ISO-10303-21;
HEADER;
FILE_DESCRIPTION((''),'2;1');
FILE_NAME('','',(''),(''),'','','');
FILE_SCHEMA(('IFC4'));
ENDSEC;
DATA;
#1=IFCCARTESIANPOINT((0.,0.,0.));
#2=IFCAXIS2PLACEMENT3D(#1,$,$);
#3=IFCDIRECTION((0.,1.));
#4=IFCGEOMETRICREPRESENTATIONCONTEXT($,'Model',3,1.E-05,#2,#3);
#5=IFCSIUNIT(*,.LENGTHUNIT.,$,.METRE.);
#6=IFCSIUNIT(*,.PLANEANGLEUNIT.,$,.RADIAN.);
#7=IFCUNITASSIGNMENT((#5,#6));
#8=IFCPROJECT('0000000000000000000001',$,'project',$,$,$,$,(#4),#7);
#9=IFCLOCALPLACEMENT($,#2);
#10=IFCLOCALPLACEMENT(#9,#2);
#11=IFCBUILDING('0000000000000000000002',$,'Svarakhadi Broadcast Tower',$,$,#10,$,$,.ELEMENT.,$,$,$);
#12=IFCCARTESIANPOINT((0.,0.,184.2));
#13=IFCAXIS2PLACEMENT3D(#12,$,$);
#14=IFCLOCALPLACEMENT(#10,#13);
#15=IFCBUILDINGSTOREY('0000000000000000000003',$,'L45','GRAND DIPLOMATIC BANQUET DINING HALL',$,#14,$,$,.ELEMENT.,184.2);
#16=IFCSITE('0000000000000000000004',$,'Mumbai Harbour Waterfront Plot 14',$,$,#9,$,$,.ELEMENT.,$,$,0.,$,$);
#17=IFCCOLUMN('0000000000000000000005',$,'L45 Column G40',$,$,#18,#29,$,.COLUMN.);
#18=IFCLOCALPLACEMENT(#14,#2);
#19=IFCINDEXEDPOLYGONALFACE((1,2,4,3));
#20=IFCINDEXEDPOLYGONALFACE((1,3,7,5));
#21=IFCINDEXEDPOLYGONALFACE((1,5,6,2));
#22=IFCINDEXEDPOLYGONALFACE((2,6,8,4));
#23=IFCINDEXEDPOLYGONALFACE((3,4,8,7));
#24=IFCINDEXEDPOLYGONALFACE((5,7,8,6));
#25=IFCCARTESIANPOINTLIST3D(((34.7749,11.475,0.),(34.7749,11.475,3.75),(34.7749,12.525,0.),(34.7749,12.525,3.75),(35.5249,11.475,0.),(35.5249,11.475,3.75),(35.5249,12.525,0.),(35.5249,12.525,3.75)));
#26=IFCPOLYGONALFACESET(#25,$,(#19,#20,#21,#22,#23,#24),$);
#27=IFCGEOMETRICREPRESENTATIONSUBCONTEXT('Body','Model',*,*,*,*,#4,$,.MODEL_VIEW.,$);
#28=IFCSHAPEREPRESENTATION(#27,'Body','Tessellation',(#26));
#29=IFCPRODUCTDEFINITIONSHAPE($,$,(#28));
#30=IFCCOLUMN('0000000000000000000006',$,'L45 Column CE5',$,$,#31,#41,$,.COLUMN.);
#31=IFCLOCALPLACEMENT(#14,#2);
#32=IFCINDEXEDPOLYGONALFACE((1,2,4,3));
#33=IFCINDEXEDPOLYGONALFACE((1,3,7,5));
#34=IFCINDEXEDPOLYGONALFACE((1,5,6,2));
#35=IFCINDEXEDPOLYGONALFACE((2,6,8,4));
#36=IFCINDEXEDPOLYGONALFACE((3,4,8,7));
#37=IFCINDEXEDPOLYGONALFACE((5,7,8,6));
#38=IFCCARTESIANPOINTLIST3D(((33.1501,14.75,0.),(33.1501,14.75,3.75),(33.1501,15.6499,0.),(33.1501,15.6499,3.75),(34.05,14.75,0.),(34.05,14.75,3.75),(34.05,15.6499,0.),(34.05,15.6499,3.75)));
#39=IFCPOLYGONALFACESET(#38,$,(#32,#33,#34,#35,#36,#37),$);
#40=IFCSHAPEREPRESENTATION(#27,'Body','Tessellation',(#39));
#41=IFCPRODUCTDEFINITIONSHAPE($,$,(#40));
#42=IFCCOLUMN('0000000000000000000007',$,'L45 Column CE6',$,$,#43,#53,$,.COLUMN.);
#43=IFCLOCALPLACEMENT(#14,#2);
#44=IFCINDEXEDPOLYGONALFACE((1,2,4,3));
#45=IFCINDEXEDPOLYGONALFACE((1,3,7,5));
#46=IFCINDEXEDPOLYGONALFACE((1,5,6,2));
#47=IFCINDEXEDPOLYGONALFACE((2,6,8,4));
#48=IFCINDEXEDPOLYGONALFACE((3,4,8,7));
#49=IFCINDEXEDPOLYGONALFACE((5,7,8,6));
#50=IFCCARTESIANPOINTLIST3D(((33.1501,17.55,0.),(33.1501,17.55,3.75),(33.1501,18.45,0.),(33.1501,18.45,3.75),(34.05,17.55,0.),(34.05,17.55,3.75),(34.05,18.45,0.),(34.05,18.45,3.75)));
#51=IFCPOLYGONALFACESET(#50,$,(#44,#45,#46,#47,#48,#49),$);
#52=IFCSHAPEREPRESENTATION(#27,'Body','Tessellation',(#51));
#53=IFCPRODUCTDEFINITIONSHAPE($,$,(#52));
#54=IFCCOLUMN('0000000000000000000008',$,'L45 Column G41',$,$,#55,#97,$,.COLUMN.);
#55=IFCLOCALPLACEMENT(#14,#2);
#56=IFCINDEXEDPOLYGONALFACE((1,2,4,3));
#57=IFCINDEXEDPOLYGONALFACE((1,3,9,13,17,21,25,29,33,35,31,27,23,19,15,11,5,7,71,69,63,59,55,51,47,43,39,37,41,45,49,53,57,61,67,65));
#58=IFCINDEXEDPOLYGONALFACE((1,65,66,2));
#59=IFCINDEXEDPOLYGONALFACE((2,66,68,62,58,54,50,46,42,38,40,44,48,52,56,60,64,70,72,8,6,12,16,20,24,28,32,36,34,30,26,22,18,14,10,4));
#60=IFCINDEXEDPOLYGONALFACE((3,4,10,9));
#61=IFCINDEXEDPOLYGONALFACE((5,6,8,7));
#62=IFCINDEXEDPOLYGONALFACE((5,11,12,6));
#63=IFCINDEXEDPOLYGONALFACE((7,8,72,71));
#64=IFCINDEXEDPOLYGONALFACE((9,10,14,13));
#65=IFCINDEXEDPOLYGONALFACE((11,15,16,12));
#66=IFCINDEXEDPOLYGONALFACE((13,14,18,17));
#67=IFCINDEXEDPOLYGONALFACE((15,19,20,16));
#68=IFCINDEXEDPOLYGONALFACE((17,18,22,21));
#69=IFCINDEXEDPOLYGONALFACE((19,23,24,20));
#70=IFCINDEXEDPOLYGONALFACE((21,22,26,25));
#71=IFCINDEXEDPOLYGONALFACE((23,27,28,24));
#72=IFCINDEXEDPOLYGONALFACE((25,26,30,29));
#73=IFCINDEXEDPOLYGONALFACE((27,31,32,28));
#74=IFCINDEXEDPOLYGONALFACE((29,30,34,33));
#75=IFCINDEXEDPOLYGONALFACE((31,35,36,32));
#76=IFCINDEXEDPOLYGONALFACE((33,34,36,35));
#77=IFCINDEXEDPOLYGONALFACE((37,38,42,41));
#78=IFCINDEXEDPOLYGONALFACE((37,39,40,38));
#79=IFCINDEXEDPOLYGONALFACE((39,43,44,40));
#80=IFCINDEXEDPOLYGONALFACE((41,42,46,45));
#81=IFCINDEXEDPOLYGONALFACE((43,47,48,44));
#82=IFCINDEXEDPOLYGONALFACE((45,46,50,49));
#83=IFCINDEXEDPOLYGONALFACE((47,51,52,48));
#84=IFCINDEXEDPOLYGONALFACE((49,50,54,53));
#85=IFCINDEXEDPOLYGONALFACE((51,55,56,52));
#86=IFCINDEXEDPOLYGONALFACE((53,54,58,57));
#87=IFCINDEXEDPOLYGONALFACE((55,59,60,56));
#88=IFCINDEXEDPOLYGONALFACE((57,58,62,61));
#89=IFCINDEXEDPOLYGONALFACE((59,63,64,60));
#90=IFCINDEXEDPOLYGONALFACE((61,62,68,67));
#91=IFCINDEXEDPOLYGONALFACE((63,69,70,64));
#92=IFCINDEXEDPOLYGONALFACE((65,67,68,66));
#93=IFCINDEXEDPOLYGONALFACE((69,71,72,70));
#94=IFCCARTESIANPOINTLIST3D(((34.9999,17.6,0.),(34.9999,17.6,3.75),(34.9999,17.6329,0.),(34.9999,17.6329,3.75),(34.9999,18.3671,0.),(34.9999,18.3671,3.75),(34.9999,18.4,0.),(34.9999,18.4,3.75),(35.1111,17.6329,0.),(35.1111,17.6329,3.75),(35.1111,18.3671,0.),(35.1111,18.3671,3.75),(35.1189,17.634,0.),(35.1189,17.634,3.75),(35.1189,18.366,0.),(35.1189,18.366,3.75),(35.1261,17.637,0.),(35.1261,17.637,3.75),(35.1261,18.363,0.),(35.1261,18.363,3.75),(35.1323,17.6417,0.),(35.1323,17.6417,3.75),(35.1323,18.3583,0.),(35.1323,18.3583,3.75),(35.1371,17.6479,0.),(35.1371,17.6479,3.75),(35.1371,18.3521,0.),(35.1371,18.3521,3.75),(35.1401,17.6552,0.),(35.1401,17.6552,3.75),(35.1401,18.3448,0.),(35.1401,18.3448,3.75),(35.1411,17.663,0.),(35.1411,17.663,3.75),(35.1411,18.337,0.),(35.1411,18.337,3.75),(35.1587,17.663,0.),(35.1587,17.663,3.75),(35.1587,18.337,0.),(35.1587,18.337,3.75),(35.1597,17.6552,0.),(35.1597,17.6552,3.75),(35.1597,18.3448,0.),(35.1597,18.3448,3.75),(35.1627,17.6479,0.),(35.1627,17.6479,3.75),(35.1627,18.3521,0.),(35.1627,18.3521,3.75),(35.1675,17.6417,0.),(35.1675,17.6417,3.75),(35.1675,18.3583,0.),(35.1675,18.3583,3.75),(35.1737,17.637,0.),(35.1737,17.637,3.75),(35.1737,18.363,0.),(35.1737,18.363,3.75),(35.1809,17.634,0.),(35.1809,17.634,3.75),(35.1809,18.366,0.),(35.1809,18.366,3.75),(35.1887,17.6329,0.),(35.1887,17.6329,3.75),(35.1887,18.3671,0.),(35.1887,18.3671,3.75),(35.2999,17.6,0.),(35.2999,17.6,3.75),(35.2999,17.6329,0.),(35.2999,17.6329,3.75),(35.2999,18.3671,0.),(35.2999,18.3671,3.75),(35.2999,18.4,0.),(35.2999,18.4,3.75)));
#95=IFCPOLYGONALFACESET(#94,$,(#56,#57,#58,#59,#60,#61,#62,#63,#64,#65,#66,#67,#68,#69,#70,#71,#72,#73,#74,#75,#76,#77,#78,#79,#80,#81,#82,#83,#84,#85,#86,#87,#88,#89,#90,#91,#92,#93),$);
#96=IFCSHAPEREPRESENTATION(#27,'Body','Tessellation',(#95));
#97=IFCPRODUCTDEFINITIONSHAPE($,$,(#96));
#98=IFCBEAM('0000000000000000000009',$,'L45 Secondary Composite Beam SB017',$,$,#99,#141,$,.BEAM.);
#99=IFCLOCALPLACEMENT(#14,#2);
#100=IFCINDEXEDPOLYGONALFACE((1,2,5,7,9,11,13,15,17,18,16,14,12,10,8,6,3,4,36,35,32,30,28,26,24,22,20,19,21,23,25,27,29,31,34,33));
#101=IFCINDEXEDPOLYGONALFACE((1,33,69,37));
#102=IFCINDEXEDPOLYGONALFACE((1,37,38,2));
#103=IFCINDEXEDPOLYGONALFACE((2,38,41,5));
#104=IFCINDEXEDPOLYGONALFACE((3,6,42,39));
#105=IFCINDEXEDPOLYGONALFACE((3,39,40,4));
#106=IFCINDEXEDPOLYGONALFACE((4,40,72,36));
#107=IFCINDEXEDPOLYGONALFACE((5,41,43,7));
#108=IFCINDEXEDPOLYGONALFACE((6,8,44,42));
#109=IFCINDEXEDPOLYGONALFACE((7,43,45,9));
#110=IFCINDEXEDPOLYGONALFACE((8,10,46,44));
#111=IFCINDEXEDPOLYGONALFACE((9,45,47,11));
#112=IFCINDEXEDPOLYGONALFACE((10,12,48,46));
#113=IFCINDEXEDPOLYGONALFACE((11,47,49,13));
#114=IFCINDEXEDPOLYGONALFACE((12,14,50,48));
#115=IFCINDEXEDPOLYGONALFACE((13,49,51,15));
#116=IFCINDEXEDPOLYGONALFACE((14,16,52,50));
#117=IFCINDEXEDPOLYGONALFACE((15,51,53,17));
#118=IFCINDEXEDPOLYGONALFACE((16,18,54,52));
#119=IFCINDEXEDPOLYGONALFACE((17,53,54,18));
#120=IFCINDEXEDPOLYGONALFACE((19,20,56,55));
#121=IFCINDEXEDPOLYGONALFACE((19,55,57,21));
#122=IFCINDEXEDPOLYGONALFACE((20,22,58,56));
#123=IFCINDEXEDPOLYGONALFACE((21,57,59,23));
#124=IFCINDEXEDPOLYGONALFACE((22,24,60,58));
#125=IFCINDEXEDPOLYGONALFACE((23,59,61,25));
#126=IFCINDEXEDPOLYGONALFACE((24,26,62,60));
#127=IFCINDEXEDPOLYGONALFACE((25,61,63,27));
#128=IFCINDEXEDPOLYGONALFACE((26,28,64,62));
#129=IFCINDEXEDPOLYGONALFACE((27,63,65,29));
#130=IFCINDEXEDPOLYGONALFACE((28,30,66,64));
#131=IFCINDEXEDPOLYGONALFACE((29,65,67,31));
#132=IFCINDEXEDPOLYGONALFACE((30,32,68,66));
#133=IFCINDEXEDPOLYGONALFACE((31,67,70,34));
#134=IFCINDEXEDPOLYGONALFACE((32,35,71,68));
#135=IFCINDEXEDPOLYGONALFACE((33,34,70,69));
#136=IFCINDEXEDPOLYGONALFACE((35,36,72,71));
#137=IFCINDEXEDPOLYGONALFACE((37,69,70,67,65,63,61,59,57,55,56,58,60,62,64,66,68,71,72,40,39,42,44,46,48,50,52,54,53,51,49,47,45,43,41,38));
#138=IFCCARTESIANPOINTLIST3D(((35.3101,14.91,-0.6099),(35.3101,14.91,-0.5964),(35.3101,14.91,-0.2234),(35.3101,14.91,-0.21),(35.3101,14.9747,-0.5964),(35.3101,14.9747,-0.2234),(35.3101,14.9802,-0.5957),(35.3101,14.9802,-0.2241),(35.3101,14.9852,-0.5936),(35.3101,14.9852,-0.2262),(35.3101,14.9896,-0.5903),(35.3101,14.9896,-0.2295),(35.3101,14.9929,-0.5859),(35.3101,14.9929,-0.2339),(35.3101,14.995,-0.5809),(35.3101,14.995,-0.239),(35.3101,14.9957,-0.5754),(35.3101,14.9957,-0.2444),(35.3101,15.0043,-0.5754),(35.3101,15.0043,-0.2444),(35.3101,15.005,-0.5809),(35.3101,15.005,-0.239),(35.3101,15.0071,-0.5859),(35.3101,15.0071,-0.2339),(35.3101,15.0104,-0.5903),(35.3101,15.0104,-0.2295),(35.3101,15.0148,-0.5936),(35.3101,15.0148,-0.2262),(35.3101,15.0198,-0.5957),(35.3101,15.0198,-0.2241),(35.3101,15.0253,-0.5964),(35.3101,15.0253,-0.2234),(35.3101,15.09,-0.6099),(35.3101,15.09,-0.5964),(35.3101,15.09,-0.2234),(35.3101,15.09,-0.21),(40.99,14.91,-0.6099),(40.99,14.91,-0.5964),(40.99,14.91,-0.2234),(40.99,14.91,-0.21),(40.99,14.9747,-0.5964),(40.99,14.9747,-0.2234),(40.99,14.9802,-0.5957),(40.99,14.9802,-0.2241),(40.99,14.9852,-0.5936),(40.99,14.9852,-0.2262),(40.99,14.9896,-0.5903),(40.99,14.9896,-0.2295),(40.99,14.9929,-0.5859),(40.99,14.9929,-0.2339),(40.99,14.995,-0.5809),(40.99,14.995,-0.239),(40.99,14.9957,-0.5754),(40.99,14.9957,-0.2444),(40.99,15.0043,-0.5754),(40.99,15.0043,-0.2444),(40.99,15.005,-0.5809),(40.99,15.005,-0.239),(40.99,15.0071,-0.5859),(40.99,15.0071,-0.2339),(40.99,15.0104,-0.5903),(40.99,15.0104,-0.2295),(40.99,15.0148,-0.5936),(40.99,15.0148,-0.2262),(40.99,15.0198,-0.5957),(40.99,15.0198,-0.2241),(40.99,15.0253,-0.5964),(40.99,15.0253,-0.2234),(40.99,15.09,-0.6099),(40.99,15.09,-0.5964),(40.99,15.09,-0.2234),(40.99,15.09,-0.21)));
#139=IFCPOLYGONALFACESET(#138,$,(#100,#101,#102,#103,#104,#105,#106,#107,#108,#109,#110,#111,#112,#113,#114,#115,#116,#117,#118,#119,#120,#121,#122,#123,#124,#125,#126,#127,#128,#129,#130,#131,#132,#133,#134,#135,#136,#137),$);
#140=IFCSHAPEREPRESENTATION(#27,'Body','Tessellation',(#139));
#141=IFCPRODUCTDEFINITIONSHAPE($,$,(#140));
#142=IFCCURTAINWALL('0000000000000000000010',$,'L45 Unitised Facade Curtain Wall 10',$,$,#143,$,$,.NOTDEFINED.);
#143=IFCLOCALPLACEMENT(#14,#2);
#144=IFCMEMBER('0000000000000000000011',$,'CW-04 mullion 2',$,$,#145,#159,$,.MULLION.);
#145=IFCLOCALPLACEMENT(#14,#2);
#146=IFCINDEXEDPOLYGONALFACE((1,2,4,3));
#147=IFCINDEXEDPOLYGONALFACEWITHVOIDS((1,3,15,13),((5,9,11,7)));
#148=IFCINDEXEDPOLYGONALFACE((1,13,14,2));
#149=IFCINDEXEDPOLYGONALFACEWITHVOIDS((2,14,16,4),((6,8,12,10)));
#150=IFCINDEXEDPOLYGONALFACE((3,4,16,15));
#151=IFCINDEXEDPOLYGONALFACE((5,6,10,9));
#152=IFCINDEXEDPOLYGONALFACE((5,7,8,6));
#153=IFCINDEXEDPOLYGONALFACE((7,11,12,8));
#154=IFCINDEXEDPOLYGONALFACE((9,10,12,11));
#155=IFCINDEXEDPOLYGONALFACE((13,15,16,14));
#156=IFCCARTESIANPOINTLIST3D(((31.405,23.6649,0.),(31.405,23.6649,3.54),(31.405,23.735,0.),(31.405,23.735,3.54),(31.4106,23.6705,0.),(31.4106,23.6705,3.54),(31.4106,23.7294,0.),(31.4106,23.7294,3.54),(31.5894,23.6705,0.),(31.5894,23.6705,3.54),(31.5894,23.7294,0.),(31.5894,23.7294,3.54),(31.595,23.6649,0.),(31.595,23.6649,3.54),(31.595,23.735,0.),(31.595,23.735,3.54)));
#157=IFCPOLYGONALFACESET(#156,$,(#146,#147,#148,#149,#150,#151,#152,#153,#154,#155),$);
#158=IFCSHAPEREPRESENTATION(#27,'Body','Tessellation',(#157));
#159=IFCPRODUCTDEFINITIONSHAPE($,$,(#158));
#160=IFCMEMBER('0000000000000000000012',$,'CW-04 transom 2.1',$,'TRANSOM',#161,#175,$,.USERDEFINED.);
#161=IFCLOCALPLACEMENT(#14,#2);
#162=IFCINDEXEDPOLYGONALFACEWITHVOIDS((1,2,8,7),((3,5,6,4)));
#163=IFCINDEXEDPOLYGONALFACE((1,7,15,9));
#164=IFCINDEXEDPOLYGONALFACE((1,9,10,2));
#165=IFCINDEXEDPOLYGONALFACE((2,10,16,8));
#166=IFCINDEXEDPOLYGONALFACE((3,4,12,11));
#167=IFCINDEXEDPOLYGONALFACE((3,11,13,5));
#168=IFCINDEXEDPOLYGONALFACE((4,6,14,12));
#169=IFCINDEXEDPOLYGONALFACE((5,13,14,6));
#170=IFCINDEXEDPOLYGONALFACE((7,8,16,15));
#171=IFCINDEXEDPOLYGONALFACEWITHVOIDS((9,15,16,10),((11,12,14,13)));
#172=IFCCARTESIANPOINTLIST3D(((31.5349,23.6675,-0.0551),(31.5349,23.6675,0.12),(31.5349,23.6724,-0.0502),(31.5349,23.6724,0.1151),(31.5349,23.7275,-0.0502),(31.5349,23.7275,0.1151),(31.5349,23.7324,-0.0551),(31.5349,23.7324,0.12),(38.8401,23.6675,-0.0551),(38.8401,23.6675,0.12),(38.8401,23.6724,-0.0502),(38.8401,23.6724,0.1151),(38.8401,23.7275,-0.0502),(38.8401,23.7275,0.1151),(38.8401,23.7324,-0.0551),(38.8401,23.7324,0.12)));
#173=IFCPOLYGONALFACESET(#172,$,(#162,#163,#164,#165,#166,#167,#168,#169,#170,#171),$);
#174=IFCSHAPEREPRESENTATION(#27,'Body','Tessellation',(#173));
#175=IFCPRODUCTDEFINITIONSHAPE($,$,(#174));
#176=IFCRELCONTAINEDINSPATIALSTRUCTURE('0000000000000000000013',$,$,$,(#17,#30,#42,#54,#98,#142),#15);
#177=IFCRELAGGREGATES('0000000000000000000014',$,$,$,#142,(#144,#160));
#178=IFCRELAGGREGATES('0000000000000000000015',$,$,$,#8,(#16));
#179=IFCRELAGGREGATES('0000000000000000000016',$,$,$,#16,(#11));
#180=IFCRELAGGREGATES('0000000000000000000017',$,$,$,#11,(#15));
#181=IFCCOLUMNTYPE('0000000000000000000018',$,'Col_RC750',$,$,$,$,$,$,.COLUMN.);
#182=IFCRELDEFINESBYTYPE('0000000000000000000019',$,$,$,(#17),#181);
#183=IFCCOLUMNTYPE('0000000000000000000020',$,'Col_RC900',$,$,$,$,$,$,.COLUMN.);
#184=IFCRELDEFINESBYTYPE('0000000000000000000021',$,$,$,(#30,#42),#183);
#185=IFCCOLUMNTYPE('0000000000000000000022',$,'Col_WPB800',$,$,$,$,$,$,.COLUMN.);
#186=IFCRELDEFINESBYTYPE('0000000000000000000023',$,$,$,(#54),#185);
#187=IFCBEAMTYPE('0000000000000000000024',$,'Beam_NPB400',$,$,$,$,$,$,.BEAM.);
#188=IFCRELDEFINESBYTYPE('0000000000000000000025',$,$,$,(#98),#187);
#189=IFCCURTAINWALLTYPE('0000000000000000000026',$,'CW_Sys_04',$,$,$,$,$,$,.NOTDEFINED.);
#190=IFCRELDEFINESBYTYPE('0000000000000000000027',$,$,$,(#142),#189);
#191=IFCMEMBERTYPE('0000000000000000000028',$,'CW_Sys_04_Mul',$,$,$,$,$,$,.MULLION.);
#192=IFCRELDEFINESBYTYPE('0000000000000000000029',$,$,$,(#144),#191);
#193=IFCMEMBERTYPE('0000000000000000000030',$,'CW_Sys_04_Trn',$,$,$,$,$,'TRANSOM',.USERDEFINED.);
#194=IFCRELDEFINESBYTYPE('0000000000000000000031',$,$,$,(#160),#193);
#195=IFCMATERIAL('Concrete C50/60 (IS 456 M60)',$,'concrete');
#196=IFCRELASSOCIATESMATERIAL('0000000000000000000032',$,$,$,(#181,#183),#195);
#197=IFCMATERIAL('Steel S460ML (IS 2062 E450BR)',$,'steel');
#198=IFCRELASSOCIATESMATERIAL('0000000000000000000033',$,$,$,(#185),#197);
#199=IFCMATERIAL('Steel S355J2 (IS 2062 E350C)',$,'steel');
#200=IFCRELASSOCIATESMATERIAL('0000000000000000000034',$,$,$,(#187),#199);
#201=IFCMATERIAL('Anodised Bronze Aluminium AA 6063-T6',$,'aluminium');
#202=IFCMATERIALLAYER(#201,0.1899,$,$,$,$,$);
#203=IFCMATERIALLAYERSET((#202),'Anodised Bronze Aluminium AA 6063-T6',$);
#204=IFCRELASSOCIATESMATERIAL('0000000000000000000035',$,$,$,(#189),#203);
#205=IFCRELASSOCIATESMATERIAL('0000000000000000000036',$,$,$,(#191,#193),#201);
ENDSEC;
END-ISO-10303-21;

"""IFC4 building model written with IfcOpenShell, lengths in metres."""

from ifc_helpers import new_model, si_unit, direction, frame, origin, origin_2d, place, context, subcontext, project, spatial, rectangle, hollow_rectangle, i_section, extrude, material, layer, layer_set, material_profile, profile_set, type_object, element, aggregate, save


model = new_model("IFC4")

# Units and contexts
model_context = context("Model", 3, precision=1e-05, world=origin(), true_north=direction((0.0, 1.0)))
body_context = subcontext(model_context, "Body", "Model", "MODEL_VIEW")
ifc_project = project(units=[si_unit("LENGTHUNIT", "METRE"), si_unit("PLANEANGLEUNIT", "RADIAN")], contexts=[model_context])

# Site, building, storey
site_placement = place(None, origin())
site = spatial("IfcSite", under=ifc_project, at=site_placement, Name="Mumbai Harbour Waterfront Plot 14", CompositionType="ELEMENT", RefElevation=0.0)
building_placement = place(site_placement, origin())
building = spatial("IfcBuilding", under=site, at=building_placement, Name="Svarakhadi Broadcast Tower", CompositionType="ELEMENT")
storey_placement = place(building_placement, frame((0.0, 0.0, 184.2)))
storey = spatial("IfcBuildingStorey", under=building, at=storey_placement, Name="L45", Description="GRAND DIPLOMATIC BANQUET DINING HALL", CompositionType="ELEMENT", Elevation=184.2)

# Columns
ifc_material_1 = material(Name="Concrete C50/60 (IS 456 M60)", Category="concrete")
ifc_material_profile_1 = material_profile(ifc_material_1, rectangle(XDim=0.75, YDim=1.05, at=origin_2d()), Name="RC 750x1050")
ifc_profile_set_1 = profile_set([ifc_material_profile_1], Name="Concrete C50/60 (IS 456 M60)")
column_type_1 = type_object("IfcColumnType", Name="Col_RC750", PredefinedType="COLUMN", material=ifc_profile_set_1)
column_1_placement = place(storey_placement, frame((35.1499, 12.0, 0.0), z_axis=(0.0, 0.0, 1.0), x_axis=(1.0, 0.0, 0.0)))
element("IfcColumn", 1, at=column_1_placement, inside=storey, type_object=column_type_1, Name="L45 Column G40", PredefinedType="COLUMN", context=body_context, shape_type="SweptSolid", body=[
    extrude(rectangle(XDim=0.75, YDim=1.05, at=origin_2d()), origin(), (0.0, 0.0, 1.0), 3.75),
])
ifc_material_profile_2 = material_profile(ifc_material_1, rectangle(XDim=0.8999, YDim=0.8999, at=origin_2d()), Name="RC 900x900")
ifc_profile_set_2 = profile_set([ifc_material_profile_2], Name="Concrete C50/60 (IS 456 M60)")
column_type_2 = type_object("IfcColumnType", Name="Col_RC900", PredefinedType="COLUMN", material=ifc_profile_set_2)
for number, where, z_axis, x_axis, name in (
    (2, (33.6001, 15.2, 0.0), (0.0, 0.0, 1.0), (1.0, 0.0, 0.0), "L45 Column CE5"),
    (3, (33.6001, 18.0, 0.0), (0.0, 0.0, 1.0), (1.0, 0.0, 0.0), "L45 Column CE6"),
):
    element("IfcColumn", number, at=place(storey_placement, frame(where, z_axis=z_axis, x_axis=x_axis)), inside=storey, type_object=column_type_2, Name=name, PredefinedType="COLUMN", context=body_context, shape_type="SweptSolid", body=[
        extrude(rectangle(XDim=0.8999, YDim=0.8999, at=origin_2d()), origin(), (0.0, 0.0, 1.0), 3.75),
    ])
ifc_material_2 = material(Name="Steel S460ML (IS 2062 E450BR)", Category="steel")
ifc_material_profile_3 = material_profile(ifc_material_2, i_section(OverallWidth=0.3, OverallDepth=0.8, WebThickness=0.0176, FlangeThickness=0.033, FilletRadius=0.03, at=origin_2d()), Name="WPB 800x300x262")
ifc_profile_set_3 = profile_set([ifc_material_profile_3], Name="Steel S460ML (IS 2062 E450BR)")
column_type_3 = type_object("IfcColumnType", Name="Col_WPB800", PredefinedType="COLUMN", material=ifc_profile_set_3)
column_2_placement = place(storey_placement, frame((35.1499, 18.0, 0.0), z_axis=(0.0, 0.0, 1.0), x_axis=(1.0, 0.0, 0.0)))
element("IfcColumn", 4, at=column_2_placement, inside=storey, type_object=column_type_3, Name="L45 Column G41", PredefinedType="COLUMN", context=body_context, shape_type="SweptSolid", body=[
    extrude(i_section(OverallWidth=0.3, OverallDepth=0.8, WebThickness=0.0176, FlangeThickness=0.033, FilletRadius=0.03, at=origin_2d()), origin(), (0.0, 0.0, 1.0), 3.75),
])

# Beam
ifc_material_3 = material(Name="Steel S355J2 (IS 2062 E350C)", Category="steel")
ifc_material_profile_4 = material_profile(ifc_material_3, i_section(OverallWidth=0.1799, OverallDepth=0.3999, WebThickness=0.0085, FlangeThickness=0.0134, FilletRadius=0.021, at=origin_2d()), Name="NPB 400x180x66")
ifc_profile_set_4 = profile_set([ifc_material_profile_4], Name="Steel S355J2 (IS 2062 E350C)")
beam_type_1 = type_object("IfcBeamType", Name="Beam_NPB400", PredefinedType="BEAM", material=ifc_profile_set_4)
beam_1_placement = place(storey_placement, frame((35.3101, 15.0, -0.4099), z_axis=(1.0, 0.0, 0.0), x_axis=(0.0, 1.0, 0.0)))
element("IfcBeam", 5, at=beam_1_placement, inside=storey, type_object=beam_type_1, Name="L45 Secondary Composite Beam SB017", PredefinedType="BEAM", context=body_context, shape_type="SweptSolid", body=[
    extrude(i_section(OverallWidth=0.1799, OverallDepth=0.3999, WebThickness=0.0085, FlangeThickness=0.0134, FilletRadius=0.021, at=origin_2d()), origin(), (0.0, 0.0, 1.0), 5.6799),
])

# Curtain wall, members
ifc_material_4 = material(Name="Anodised Bronze Aluminium AA 6063-T6", Category="aluminium")
ifc_layer_1 = layer(ifc_material_4, 0.1899)
ifc_layer_set_1 = layer_set([ifc_layer_1], Name="Anodised Bronze Aluminium AA 6063-T6")
curtain_wall_type = type_object("IfcCurtainWallType", Name="CW_Sys_04", PredefinedType="NOTDEFINED", material=ifc_layer_set_1)
curtain_wall_placement = place(storey_placement, origin())
curtain_wall = element("IfcCurtainWall", 6, at=curtain_wall_placement, inside=storey, type_object=curtain_wall_type, Name="L45 Unitised Facade Curtain Wall 10", PredefinedType="NOTDEFINED")
ifc_material_profile_5 = material_profile(ifc_material_4, hollow_rectangle(XDim=0.0701, YDim=0.1899, WallThickness=0.0056, at=origin_2d()), Name="ALU MULLION 190x70x6")
ifc_profile_set_5 = profile_set([ifc_material_profile_5], Name="Anodised Bronze Aluminium AA 6063-T6")
member_type_1 = type_object("IfcMemberType", Name="CW_Sys_04_Mul", PredefinedType="MULLION", material=ifc_profile_set_5)
member_1_placement = place(storey_placement, frame((31.5, 23.7, 0.0), z_axis=(0.0, 0.0, 1.0), x_axis=(0.0, 1.0, 0.0)))
member_1 = element("IfcMember", 7, at=member_1_placement, type_object=member_type_1, Name="CW-04 mullion 2", PredefinedType="MULLION", context=body_context, shape_type="SweptSolid", body=[
    extrude(hollow_rectangle(XDim=0.0701, YDim=0.1899, WallThickness=0.0056, at=origin_2d()), origin(), (0.0, 0.0, 1.0), 3.54),
])
ifc_material_profile_6 = material_profile(ifc_material_4, hollow_rectangle(XDim=0.0649, YDim=0.175, WallThickness=0.0049, at=origin_2d()), Name="ALU TRANSOM 175x65x5")
ifc_profile_set_6 = profile_set([ifc_material_profile_6], Name="Anodised Bronze Aluminium AA 6063-T6")
member_type_2 = type_object("IfcMemberType", Name="CW_Sys_04_Trn", ElementType="TRANSOM", PredefinedType="USERDEFINED", material=ifc_profile_set_6)
member_2_placement = place(storey_placement, frame((31.5349, 23.7, 0.0325), z_axis=(1.0, 0.0, 0.0), x_axis=(0.0, 1.0, 0.0)))
member_2 = element("IfcMember", 8, at=member_2_placement, type_object=member_type_2, Name="CW-04 transom 2.1", ObjectType="TRANSOM", PredefinedType="USERDEFINED", context=body_context, shape_type="SweptSolid", body=[
    extrude(hollow_rectangle(XDim=0.0649, YDim=0.175, WallThickness=0.0049, at=origin_2d()), origin(), (0.0, 0.0, 1.0), 7.3052),
])

aggregate(curtain_wall, [member_1, member_2])

save(model, "model.ifc")
